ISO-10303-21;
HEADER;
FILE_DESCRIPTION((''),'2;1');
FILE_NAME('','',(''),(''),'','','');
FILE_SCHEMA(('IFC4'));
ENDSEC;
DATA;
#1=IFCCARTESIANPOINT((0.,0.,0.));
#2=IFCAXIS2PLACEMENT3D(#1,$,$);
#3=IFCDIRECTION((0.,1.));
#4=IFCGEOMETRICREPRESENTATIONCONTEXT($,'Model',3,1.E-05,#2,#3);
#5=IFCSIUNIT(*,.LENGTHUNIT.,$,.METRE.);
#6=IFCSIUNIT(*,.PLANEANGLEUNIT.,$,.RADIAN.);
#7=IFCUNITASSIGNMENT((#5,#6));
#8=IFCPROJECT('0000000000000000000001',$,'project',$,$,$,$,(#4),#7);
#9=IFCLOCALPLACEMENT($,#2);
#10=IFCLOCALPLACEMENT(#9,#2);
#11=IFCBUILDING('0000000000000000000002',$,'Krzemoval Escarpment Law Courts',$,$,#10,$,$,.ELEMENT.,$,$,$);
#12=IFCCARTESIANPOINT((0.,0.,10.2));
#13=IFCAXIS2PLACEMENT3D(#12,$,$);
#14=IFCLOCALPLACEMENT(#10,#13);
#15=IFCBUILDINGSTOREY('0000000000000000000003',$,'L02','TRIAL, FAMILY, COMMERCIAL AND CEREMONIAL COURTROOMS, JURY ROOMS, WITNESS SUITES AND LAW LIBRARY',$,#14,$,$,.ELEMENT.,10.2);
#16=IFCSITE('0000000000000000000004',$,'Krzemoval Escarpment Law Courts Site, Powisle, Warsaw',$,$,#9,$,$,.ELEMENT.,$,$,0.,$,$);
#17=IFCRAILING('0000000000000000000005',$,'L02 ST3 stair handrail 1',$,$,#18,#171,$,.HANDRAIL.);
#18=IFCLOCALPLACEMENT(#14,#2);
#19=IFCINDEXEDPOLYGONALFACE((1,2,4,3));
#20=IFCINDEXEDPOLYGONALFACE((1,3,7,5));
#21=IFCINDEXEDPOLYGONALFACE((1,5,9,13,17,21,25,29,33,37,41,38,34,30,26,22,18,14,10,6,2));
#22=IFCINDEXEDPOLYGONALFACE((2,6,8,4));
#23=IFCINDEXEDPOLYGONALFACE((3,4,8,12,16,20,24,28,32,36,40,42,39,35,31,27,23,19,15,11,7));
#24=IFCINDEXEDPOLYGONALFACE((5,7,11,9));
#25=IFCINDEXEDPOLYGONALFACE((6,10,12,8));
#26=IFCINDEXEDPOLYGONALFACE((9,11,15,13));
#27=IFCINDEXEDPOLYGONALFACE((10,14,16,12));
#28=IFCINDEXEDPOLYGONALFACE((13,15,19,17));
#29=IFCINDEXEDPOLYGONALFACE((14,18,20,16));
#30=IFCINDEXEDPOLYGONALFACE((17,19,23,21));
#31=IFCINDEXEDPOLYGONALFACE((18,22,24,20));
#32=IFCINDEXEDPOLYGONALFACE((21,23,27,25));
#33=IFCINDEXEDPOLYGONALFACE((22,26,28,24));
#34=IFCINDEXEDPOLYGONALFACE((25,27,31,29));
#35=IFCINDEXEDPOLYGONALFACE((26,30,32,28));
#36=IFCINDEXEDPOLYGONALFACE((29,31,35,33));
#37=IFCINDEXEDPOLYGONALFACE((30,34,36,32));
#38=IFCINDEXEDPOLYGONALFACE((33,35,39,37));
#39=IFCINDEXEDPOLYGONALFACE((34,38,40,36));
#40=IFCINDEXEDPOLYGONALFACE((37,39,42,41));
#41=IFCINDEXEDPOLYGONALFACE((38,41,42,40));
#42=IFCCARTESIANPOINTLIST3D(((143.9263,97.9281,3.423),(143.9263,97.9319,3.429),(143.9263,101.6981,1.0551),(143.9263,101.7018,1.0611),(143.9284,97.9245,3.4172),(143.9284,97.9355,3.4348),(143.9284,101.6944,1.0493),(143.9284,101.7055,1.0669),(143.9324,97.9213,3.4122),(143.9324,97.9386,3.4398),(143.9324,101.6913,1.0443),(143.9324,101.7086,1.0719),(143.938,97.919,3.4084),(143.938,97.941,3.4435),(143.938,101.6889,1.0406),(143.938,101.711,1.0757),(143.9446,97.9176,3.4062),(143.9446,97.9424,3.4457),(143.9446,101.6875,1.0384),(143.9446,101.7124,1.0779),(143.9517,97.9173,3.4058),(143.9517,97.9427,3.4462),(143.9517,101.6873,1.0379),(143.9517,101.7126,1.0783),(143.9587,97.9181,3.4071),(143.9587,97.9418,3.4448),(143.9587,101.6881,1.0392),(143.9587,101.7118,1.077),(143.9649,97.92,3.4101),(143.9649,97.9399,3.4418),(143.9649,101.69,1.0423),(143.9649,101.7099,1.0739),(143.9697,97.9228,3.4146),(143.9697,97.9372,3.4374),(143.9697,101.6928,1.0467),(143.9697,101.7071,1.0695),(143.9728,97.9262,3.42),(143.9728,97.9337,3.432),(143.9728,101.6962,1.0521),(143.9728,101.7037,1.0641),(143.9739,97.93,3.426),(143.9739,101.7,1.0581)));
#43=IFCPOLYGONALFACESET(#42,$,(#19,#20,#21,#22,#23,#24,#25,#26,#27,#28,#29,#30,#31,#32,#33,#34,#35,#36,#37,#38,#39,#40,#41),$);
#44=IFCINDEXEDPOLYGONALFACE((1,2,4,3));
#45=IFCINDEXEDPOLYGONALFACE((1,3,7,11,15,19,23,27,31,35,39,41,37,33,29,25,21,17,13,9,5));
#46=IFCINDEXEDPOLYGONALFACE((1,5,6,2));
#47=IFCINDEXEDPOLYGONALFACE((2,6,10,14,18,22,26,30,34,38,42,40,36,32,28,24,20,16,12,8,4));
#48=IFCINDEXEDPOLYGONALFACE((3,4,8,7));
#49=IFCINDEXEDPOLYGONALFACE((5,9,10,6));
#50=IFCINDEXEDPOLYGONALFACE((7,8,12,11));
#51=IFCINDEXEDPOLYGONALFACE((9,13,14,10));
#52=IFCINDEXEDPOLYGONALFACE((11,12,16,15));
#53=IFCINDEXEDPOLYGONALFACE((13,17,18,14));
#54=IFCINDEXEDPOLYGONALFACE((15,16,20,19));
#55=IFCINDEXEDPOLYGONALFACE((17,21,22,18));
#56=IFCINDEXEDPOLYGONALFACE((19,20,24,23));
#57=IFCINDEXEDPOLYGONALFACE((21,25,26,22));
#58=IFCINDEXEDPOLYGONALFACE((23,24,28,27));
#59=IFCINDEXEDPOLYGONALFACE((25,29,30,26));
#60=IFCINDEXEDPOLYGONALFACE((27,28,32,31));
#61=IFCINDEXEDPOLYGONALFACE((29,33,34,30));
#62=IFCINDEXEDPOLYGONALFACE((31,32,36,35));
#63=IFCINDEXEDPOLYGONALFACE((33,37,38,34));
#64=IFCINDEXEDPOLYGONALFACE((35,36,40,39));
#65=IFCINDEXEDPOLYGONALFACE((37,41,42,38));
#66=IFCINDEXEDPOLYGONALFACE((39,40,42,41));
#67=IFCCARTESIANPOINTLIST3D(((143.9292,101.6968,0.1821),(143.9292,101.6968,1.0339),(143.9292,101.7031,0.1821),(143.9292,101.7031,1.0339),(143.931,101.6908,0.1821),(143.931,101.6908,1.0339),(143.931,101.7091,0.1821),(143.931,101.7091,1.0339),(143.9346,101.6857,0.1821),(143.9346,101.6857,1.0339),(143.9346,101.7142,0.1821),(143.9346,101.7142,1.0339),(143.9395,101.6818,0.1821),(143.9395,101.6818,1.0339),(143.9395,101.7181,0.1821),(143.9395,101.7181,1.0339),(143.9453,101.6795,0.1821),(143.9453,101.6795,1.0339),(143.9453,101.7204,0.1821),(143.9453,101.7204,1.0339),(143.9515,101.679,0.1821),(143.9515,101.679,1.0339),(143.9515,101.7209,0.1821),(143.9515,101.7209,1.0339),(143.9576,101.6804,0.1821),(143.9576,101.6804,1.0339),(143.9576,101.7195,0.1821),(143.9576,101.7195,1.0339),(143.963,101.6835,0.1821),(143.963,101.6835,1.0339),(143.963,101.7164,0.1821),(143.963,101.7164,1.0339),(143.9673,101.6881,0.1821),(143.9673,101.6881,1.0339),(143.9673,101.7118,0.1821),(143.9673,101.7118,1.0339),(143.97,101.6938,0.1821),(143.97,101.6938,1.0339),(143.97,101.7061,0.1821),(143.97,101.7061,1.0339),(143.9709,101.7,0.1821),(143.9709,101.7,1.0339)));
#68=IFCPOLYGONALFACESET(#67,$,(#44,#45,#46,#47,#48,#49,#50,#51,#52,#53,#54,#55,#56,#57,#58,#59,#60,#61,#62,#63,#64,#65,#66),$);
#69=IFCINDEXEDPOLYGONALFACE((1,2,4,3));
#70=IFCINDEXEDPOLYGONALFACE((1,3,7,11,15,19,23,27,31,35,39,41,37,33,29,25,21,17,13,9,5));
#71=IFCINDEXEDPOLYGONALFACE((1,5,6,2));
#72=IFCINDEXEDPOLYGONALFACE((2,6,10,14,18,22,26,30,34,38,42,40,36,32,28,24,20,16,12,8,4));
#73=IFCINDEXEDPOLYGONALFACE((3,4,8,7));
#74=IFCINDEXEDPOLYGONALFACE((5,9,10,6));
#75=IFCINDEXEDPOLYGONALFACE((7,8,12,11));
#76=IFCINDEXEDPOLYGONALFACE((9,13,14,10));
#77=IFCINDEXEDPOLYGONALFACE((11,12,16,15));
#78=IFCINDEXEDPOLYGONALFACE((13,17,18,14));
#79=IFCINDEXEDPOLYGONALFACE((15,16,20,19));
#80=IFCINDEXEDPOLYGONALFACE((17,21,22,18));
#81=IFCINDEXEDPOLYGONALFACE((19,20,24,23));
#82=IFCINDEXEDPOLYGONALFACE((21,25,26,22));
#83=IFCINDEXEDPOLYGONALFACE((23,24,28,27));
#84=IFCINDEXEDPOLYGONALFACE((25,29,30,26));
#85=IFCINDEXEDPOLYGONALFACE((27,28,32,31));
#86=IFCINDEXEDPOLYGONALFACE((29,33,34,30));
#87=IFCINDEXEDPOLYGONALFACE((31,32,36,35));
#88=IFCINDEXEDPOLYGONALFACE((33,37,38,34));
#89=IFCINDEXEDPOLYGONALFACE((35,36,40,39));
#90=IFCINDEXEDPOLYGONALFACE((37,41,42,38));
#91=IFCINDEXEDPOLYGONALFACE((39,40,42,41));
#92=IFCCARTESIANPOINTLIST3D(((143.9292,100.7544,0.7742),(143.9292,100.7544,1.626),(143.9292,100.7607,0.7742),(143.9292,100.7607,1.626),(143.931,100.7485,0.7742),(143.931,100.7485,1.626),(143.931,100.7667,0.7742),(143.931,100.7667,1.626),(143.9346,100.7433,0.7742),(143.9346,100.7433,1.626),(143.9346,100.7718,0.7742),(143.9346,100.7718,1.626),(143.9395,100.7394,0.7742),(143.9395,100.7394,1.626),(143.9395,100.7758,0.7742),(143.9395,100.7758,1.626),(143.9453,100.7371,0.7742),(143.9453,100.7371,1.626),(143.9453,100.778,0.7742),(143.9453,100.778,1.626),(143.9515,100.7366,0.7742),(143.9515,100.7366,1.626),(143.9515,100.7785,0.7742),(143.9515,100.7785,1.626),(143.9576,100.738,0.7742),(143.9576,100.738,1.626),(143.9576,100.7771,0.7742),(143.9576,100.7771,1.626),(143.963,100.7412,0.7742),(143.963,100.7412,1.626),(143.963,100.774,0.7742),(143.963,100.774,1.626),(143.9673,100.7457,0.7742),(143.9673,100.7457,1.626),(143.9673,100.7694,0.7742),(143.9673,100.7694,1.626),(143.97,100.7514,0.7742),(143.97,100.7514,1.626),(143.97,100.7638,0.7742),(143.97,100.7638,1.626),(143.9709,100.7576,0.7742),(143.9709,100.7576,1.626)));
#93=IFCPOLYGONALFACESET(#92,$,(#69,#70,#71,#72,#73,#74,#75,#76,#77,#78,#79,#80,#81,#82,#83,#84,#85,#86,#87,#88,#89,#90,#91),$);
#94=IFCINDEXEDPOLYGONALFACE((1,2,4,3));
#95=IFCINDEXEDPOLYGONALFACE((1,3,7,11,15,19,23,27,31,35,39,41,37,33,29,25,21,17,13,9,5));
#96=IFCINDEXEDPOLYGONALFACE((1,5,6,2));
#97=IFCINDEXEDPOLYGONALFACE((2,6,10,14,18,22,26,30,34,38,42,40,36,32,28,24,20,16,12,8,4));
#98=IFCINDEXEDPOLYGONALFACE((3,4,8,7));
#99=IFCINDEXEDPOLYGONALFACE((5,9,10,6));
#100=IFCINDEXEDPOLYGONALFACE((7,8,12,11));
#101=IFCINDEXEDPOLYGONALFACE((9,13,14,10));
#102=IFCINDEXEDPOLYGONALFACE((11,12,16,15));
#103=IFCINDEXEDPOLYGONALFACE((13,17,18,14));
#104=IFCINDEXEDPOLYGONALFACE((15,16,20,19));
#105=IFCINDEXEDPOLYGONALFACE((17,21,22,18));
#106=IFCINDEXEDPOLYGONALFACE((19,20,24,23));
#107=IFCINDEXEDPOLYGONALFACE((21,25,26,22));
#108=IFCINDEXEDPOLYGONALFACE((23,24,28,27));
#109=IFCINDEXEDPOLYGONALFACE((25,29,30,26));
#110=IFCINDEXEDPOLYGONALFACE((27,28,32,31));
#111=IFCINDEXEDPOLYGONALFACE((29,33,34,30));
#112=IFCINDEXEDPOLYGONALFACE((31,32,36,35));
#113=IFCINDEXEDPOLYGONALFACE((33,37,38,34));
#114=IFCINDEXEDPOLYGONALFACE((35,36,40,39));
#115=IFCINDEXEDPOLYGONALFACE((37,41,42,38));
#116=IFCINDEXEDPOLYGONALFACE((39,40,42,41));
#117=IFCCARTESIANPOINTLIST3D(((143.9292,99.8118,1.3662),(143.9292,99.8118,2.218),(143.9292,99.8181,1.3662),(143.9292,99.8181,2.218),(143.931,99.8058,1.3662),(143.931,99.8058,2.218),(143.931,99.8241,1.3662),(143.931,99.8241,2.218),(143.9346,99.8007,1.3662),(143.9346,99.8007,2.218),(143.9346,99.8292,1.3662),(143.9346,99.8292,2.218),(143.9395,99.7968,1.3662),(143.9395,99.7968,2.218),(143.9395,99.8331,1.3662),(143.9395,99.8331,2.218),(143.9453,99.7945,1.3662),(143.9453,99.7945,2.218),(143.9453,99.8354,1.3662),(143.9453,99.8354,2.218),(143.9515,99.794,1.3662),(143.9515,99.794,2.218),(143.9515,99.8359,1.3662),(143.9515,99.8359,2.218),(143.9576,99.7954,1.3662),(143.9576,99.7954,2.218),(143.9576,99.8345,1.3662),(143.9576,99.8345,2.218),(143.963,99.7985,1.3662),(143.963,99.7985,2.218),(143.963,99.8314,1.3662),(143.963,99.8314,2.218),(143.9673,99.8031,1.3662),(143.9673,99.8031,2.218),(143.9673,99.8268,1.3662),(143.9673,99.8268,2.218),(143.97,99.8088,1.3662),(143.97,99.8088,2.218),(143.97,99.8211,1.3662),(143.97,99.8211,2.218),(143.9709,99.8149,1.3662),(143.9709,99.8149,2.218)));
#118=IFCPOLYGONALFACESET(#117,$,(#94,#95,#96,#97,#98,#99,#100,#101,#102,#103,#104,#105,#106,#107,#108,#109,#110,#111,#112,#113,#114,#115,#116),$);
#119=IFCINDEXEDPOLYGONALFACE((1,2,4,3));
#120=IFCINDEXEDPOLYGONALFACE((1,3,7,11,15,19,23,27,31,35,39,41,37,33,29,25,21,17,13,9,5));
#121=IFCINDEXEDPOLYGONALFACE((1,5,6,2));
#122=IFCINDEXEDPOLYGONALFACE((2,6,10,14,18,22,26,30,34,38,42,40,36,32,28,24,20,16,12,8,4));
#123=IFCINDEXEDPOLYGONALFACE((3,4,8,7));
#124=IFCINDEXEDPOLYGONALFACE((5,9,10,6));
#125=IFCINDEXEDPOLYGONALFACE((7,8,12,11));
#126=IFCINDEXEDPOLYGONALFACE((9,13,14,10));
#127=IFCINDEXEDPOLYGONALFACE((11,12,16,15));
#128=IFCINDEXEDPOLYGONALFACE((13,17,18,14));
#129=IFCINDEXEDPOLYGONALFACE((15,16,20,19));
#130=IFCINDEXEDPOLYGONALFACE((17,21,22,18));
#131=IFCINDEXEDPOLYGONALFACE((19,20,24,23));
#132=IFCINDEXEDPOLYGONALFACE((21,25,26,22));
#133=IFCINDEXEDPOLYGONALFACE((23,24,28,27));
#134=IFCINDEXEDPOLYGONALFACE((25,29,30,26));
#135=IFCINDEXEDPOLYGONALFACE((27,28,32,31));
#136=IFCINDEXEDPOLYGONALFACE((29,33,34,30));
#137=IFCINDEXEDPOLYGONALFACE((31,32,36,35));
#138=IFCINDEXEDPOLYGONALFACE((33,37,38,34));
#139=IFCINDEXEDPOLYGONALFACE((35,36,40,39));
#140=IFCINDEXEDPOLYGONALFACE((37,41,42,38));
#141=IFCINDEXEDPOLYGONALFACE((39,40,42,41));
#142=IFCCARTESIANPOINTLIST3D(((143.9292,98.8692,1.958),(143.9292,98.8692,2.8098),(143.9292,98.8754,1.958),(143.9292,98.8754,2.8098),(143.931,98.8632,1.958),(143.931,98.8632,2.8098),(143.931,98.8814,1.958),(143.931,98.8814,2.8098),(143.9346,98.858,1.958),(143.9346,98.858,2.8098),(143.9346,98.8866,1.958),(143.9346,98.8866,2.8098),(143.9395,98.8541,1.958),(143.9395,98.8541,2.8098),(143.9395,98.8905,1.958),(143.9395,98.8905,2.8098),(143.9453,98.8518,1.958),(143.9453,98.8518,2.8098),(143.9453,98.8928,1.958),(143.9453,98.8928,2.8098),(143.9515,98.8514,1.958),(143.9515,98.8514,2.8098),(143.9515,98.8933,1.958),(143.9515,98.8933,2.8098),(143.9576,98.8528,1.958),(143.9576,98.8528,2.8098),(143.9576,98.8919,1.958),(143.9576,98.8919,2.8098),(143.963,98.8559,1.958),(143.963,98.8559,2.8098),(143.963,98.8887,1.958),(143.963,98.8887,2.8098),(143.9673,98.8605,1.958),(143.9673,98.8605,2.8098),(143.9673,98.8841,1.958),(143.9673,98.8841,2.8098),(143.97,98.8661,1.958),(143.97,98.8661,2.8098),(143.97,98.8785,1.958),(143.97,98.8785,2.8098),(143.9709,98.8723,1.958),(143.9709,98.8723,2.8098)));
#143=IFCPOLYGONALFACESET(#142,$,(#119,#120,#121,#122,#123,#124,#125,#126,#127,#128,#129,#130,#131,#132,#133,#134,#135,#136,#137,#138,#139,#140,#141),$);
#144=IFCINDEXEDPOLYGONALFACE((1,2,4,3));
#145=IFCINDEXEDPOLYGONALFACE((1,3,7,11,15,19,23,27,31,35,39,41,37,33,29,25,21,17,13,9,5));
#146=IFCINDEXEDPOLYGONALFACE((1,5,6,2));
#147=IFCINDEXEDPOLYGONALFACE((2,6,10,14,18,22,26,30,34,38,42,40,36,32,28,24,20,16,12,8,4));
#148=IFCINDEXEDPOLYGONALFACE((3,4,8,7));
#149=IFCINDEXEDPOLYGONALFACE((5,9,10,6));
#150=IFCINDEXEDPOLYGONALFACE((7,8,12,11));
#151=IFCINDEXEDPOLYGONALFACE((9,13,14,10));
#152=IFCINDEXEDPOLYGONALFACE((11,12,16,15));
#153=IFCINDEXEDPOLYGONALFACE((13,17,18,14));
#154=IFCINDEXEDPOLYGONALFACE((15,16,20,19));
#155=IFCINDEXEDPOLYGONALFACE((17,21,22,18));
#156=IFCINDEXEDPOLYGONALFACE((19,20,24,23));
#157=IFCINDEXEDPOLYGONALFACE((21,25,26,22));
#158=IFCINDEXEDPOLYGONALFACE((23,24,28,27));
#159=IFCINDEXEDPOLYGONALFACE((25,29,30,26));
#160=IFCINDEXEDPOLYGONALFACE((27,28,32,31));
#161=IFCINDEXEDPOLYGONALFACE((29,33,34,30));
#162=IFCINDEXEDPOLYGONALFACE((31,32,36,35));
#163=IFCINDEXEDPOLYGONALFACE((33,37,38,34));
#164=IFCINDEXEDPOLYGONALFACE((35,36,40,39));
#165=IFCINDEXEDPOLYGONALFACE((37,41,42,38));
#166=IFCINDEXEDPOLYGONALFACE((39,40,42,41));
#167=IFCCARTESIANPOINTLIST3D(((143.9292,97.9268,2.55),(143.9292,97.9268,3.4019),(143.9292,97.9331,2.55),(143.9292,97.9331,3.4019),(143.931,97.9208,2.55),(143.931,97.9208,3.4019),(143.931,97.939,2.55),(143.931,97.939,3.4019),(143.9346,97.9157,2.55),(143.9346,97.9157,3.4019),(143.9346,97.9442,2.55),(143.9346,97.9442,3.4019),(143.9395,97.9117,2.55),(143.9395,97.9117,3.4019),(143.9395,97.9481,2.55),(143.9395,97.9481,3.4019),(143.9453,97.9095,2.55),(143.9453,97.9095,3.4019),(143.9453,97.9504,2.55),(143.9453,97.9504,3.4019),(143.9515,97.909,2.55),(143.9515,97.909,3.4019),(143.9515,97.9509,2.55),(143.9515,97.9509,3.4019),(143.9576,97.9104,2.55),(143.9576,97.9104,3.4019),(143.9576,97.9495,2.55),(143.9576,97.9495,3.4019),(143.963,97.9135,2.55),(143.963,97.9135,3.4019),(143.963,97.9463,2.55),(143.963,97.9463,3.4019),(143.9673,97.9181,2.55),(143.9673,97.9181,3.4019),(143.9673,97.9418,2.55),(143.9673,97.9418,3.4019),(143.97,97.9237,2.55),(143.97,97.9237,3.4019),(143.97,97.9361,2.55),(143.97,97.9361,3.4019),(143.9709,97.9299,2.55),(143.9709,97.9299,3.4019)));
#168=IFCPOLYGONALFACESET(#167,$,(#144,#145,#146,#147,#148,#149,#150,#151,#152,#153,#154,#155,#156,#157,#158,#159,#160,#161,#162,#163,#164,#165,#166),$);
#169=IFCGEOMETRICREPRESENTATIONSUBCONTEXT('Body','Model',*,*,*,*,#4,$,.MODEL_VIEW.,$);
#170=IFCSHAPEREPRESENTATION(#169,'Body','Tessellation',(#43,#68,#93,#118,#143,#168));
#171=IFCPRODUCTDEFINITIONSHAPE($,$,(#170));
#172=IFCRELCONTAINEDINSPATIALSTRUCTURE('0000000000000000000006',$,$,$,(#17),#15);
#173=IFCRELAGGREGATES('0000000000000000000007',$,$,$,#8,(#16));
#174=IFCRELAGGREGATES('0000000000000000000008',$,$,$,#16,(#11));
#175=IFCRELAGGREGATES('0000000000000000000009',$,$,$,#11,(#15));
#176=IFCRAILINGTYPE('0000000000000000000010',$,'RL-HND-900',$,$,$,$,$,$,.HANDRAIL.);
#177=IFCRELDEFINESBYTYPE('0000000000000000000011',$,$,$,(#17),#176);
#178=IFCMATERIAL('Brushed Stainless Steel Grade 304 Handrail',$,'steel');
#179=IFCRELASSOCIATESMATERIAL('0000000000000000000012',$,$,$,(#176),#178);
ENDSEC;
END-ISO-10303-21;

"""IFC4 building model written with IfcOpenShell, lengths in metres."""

from ifc_helpers import new_model, si_unit, direction, frame, origin, origin_2d, place, context, subcontext, project, spatial, circle, extrude, material, type_object, element, save


model = new_model("IFC4")

# Units and contexts
model_context = context("Model", 3, precision=1e-05, world=origin(), true_north=direction((0.0, 1.0)))
body_context = subcontext(model_context, "Body", "Model", "MODEL_VIEW")
ifc_project = project(units=[si_unit("LENGTHUNIT", "METRE"), si_unit("PLANEANGLEUNIT", "RADIAN")], contexts=[model_context])

# Site, building, storey
site_placement = place(None, origin())
site = spatial("IfcSite", under=ifc_project, at=site_placement, Name="Krzemoval Escarpment Law Courts Site, Powisle, Warsaw", CompositionType="ELEMENT", RefElevation=0.0)
building_placement = place(site_placement, origin())
building = spatial("IfcBuilding", under=site, at=building_placement, Name="Krzemoval Escarpment Law Courts", CompositionType="ELEMENT")
storey_placement = place(building_placement, frame((0.0, 0.0, 10.2)))
storey = spatial("IfcBuildingStorey", under=building, at=storey_placement, Name="L02", Description="TRIAL, FAMILY, COMMERCIAL AND CEREMONIAL COURTROOMS, JURY ROOMS, WITNESS SUITES AND LAW LIBRARY", CompositionType="ELEMENT", Elevation=10.2)

# Railing
ifc_material_1 = material(Name="Brushed Stainless Steel Grade 304 Handrail", Category="steel")
railing_type_1 = type_object("IfcRailingType", Name="RL-HND-900", PredefinedType="HANDRAIL", material=ifc_material_1)
railing_1_placement = place(storey_placement, frame((143.95, 101.7, 0.1821)))
element("IfcRailing", 1, at=railing_1_placement, inside=storey, type_object=railing_type_1, Name="L02 ST3 stair handrail 1", PredefinedType="HANDRAIL", context=body_context, shape_type="SweptSolid", body=[
    extrude(circle(Radius=0.0239, at=origin_2d()), frame((0.0, 0.0, 0.876), z_axis=(0.0, -0.846819, 0.531881), x_axis=(1.0, 0.0, 0.0)), (0.0, 0.0, 1.0), 4.4519),
    extrude(circle(Radius=0.021, at=origin_2d()), origin(), (0.0, 0.0, 1.0), 0.8518),
    extrude(circle(Radius=0.021, at=origin_2d()), frame((0.0, -0.9424, 0.592)), (0.0, 0.0, 1.0), 0.8518),
    extrude(circle(Radius=0.021, at=origin_2d()), frame((0.0, -1.885, 1.1841)), (0.0, 0.0, 1.0), 0.8518),
    extrude(circle(Radius=0.021, at=origin_2d()), frame((0.0, -2.8276, 1.7759)), (0.0, 0.0, 1.0), 0.8518),
    extrude(circle(Radius=0.021, at=origin_2d()), frame((0.0, -3.77, 2.3679)), (0.0, 0.0, 1.0), 0.8518),
])

save(model, "model.ifc")
